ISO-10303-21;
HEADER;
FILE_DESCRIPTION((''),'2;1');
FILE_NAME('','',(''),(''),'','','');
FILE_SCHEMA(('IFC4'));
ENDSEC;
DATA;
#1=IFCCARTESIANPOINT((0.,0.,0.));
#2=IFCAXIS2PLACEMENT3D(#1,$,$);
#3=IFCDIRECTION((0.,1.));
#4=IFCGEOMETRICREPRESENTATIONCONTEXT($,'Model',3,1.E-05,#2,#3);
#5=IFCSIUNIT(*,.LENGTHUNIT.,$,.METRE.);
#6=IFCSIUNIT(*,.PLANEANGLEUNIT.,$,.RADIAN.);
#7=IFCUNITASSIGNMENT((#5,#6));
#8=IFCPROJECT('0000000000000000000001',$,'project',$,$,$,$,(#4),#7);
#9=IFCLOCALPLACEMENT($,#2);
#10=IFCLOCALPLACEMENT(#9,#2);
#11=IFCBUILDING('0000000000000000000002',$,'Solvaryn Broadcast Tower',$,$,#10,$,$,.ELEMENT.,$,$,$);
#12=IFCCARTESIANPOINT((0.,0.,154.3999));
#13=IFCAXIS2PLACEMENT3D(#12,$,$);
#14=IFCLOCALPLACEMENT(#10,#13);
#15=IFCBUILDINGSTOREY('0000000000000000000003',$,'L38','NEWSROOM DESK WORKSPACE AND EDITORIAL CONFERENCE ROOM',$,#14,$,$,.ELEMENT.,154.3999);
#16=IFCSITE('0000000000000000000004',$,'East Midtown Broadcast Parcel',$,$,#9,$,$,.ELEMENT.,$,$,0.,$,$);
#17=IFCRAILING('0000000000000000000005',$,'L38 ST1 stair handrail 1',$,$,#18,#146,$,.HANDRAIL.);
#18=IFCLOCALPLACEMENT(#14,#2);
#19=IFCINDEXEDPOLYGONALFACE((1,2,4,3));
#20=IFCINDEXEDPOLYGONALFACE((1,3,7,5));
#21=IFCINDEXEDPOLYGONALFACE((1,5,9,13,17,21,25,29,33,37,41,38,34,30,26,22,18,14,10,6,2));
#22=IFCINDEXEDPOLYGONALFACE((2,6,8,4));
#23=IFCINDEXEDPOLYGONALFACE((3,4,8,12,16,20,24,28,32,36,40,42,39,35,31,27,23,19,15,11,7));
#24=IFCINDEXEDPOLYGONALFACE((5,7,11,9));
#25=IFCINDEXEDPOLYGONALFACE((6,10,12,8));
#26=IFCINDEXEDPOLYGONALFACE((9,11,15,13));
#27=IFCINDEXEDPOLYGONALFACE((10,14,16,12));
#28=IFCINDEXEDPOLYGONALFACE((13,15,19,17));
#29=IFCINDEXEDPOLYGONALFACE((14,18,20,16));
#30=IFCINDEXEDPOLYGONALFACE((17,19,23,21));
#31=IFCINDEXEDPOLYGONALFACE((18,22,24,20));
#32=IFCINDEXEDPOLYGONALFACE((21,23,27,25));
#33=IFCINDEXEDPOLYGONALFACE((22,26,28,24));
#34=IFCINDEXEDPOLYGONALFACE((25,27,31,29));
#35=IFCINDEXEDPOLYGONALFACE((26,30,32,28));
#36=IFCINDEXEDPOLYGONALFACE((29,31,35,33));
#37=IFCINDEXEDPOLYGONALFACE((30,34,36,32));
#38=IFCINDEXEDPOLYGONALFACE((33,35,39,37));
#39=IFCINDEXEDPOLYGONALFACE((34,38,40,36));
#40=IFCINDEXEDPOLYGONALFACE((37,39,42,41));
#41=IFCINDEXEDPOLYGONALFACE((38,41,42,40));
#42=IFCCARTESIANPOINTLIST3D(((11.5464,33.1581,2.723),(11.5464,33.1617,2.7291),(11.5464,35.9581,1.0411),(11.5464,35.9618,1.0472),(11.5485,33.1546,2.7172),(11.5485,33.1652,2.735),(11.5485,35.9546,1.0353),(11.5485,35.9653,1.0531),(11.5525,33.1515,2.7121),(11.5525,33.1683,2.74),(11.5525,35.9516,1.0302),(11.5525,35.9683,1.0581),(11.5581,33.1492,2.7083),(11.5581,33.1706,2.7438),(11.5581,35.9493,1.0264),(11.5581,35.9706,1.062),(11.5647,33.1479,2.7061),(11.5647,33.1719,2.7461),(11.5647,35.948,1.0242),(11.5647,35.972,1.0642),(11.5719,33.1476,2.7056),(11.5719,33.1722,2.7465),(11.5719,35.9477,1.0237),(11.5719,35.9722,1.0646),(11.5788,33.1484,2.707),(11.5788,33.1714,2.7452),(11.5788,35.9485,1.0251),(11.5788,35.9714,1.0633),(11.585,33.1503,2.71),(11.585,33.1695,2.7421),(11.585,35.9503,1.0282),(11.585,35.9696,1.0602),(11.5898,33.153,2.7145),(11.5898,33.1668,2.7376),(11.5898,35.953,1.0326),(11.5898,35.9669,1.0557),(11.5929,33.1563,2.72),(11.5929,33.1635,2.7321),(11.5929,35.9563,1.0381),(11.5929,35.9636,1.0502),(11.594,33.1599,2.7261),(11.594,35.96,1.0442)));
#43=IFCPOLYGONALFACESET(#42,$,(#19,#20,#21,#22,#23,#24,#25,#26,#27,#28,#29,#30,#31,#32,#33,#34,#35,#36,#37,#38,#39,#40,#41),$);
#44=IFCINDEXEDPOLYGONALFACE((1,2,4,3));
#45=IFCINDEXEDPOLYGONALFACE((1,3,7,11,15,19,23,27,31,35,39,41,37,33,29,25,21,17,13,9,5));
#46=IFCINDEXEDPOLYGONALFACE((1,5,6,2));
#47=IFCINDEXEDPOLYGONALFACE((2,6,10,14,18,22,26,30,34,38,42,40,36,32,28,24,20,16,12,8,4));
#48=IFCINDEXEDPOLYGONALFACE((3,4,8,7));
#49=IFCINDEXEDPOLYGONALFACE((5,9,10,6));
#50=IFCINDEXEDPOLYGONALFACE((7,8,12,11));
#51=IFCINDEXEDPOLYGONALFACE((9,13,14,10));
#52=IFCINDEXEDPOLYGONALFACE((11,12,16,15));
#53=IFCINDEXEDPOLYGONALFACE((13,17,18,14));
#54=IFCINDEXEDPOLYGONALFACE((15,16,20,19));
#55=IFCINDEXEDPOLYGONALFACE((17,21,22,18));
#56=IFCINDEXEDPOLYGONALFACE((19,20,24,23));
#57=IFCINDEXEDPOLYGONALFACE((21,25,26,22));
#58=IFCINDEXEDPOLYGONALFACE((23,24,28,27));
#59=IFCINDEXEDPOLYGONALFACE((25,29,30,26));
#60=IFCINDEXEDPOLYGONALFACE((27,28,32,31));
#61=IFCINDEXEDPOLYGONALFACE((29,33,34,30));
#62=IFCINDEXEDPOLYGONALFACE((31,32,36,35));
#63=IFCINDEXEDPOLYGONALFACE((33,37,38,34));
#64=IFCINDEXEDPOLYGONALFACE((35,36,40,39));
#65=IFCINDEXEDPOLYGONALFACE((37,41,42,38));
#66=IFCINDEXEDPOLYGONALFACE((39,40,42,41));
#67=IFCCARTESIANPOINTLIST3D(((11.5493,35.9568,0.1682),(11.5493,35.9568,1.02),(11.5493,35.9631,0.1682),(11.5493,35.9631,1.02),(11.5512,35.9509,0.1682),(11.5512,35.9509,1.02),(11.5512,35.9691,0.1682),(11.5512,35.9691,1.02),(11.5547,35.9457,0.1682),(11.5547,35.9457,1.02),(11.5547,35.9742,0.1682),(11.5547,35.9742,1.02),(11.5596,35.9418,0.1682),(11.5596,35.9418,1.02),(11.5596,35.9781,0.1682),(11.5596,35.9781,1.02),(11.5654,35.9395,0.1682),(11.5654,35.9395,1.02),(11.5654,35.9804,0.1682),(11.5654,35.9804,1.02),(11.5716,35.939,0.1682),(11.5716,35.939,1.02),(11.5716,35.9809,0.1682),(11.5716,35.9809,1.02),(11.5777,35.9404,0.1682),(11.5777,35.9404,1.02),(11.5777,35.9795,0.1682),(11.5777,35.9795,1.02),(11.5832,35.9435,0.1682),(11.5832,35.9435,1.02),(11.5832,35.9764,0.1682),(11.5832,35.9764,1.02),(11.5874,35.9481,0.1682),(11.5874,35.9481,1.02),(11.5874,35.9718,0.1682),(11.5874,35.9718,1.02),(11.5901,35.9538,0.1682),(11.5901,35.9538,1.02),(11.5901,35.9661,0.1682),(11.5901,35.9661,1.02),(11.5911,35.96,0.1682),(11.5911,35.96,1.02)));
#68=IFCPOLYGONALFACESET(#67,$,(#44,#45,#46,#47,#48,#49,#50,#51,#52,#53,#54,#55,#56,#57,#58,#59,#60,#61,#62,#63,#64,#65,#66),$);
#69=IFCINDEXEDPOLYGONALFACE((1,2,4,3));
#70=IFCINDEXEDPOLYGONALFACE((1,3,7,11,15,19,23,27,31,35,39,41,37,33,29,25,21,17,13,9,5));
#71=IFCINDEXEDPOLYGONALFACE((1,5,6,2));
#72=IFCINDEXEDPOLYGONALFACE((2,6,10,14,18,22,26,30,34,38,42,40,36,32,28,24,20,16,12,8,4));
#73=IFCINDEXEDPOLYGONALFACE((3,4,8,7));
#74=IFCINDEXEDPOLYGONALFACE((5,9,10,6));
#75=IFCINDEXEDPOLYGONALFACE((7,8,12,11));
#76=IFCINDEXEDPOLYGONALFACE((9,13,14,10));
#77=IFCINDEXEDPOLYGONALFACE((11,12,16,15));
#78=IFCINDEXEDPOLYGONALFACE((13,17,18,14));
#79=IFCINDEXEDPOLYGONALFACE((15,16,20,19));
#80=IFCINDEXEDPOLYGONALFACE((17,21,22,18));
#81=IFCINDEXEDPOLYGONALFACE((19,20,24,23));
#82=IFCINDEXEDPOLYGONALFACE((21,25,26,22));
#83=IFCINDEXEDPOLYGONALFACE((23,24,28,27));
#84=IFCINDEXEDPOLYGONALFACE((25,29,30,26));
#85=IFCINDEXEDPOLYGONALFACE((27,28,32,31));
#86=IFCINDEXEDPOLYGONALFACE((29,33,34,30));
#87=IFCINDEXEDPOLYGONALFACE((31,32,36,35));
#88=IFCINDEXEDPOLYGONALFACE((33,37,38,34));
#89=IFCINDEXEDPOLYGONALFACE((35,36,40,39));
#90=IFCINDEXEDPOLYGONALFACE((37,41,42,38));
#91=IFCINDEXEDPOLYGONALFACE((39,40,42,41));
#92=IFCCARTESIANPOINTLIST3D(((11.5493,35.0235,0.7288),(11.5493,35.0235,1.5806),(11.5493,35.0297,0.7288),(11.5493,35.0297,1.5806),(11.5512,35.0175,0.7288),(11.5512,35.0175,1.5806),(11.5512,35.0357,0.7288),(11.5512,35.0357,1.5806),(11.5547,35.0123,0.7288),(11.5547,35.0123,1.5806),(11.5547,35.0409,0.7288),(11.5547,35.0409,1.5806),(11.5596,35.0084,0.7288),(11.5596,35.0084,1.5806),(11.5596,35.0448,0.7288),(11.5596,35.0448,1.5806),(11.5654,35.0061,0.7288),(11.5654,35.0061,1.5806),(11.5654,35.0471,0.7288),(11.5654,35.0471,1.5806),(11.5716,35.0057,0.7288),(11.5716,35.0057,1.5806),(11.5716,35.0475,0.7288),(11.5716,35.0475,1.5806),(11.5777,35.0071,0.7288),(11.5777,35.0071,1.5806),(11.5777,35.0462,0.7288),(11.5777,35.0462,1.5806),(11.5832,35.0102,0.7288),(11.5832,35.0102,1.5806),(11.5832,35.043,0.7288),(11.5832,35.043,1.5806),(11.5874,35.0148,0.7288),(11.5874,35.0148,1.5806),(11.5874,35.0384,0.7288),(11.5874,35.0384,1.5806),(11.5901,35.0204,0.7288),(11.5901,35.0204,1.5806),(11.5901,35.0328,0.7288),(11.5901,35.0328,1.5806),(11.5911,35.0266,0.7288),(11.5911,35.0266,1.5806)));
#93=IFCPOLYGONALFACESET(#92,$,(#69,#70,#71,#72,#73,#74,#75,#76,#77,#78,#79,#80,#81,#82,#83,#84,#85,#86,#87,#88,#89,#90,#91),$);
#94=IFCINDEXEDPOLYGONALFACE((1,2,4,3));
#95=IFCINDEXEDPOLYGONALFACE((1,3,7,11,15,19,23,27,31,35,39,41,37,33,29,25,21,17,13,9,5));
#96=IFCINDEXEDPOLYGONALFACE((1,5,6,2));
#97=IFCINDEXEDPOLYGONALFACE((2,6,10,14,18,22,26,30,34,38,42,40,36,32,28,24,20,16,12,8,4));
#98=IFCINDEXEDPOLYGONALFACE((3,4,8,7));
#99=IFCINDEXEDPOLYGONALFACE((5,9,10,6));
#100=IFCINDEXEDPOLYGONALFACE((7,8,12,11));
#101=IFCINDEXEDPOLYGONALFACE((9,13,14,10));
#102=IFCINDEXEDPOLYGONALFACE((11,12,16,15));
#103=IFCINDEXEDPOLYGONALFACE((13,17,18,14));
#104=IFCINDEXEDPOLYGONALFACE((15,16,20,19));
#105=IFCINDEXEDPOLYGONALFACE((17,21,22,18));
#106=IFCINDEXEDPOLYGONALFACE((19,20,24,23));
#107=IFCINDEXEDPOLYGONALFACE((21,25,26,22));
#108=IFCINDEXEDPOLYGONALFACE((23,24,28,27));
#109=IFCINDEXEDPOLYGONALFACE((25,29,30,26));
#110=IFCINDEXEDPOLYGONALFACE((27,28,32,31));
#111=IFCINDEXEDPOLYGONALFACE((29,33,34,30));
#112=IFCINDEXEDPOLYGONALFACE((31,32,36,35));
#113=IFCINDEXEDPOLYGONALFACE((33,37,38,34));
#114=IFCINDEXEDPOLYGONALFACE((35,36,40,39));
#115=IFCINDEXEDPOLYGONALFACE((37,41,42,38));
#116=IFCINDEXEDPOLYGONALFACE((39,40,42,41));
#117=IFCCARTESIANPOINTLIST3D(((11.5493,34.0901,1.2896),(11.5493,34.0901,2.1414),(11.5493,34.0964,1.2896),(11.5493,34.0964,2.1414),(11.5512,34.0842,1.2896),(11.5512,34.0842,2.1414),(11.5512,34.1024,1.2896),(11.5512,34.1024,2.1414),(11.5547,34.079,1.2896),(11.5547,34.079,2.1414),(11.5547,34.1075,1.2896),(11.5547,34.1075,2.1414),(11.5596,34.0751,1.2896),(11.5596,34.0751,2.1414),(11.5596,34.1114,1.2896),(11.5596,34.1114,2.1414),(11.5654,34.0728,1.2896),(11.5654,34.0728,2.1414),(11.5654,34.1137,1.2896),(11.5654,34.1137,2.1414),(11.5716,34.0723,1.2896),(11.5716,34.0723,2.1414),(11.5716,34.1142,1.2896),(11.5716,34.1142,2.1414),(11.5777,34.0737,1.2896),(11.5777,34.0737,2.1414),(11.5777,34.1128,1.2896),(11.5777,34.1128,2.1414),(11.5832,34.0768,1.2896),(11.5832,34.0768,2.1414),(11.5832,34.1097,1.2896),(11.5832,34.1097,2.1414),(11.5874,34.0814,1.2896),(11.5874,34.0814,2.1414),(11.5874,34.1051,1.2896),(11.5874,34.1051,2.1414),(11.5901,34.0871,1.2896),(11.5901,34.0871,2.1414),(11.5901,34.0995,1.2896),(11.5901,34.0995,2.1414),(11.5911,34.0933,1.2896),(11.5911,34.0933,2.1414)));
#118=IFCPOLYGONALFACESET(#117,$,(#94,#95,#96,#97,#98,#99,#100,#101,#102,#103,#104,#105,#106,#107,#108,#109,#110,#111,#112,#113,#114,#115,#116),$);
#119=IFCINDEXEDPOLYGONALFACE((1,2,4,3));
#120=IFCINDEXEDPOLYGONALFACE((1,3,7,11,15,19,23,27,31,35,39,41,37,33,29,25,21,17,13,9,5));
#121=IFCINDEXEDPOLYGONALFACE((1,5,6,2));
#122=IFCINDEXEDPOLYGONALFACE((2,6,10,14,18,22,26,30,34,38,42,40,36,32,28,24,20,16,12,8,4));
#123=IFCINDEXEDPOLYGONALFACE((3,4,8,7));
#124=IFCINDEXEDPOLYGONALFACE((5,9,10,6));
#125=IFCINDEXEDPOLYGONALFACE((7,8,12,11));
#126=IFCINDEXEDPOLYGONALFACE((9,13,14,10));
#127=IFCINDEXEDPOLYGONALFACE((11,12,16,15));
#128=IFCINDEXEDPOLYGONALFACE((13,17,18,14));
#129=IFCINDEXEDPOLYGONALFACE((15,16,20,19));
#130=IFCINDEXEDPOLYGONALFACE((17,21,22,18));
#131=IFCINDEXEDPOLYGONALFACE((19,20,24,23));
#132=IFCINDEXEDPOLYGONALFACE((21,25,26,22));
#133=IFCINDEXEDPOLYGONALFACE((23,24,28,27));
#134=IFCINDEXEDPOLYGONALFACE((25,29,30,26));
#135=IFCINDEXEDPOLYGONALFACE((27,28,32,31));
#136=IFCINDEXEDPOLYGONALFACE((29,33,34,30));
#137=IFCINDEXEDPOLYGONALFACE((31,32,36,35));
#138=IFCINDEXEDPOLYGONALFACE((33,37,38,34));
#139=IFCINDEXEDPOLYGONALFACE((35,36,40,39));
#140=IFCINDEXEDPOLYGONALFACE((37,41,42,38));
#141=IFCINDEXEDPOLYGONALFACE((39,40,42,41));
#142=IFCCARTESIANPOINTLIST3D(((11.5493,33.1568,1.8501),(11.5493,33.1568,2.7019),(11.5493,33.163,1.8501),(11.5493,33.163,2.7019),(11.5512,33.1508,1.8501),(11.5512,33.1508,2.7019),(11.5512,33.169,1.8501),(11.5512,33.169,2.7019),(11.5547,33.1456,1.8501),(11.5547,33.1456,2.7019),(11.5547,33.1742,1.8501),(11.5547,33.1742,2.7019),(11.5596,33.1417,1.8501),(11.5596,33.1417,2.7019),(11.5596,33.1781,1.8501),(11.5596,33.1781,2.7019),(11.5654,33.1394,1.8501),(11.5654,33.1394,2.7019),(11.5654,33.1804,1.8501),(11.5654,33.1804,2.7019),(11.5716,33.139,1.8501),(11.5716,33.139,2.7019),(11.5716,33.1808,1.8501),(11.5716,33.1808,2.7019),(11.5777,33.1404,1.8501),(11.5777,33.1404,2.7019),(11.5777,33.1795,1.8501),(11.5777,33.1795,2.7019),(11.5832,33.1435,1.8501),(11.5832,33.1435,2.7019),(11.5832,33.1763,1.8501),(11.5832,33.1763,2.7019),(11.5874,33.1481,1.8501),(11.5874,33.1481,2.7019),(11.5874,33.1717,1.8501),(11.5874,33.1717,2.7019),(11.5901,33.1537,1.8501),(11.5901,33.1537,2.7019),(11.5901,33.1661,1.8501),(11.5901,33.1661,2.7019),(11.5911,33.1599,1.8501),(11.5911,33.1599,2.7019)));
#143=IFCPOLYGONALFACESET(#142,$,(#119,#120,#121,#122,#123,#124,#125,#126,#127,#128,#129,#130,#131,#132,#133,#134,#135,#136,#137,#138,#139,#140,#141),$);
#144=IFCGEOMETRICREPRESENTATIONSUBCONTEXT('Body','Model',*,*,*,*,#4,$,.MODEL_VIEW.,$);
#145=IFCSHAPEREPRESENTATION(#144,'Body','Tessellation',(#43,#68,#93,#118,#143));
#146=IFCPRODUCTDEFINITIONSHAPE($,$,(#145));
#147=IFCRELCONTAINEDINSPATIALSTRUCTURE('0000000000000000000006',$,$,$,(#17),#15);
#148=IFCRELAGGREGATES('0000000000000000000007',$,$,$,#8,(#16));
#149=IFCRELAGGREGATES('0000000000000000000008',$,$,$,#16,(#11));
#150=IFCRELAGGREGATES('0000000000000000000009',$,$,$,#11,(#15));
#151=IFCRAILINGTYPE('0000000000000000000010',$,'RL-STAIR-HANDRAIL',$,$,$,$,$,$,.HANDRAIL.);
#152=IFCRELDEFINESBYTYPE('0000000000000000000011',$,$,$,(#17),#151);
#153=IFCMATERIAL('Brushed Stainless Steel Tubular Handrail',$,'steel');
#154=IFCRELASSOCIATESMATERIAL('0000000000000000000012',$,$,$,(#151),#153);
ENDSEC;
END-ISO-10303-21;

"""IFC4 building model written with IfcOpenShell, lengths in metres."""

from ifc_helpers import new_model, si_unit, direction, frame, origin, origin_2d, place, context, subcontext, project, spatial, circle, extrude, material, type_object, element, save


model = new_model("IFC4")

# Units and contexts
model_context = context("Model", 3, precision=1e-05, world=origin(), true_north=direction((0.0, 1.0)))
body_context = subcontext(model_context, "Body", "Model", "MODEL_VIEW")
ifc_project = project(units=[si_unit("LENGTHUNIT", "METRE"), si_unit("PLANEANGLEUNIT", "RADIAN")], contexts=[model_context])

# Site, building, storey
site_placement = place(None, origin())
site = spatial("IfcSite", under=ifc_project, at=site_placement, Name="East Midtown Broadcast Parcel", CompositionType="ELEMENT", RefElevation=0.0)
building_placement = place(site_placement, origin())
building = spatial("IfcBuilding", under=site, at=building_placement, Name="Solvaryn Broadcast Tower", CompositionType="ELEMENT")
storey_placement = place(building_placement, frame((0.0, 0.0, 154.3999)))
storey = spatial("IfcBuildingStorey", under=building, at=storey_placement, Name="L38", Description="NEWSROOM DESK WORKSPACE AND EDITORIAL CONFERENCE ROOM", CompositionType="ELEMENT", Elevation=154.3999)

# Railing
ifc_material_1 = material(Name="Brushed Stainless Steel Tubular Handrail", Category="steel")
railing_type_1 = type_object("IfcRailingType", Name="RL-STAIR-HANDRAIL", PredefinedType="HANDRAIL", material=ifc_material_1)
railing_1_placement = place(storey_placement, frame((11.5701, 35.96, 0.1682)))
element("IfcRailing", 1, at=railing_1_placement, inside=storey, type_object=railing_type_1, Name="L38 ST1 stair handrail 1", PredefinedType="HANDRAIL", context=body_context, shape_type="SweptSolid", body=[
    extrude(circle(Radius=0.0239, at=origin_2d()), frame((0.0, 0.0, 0.876), z_axis=(0.0, -0.857242, 0.514913), x_axis=(1.0, 0.0, 0.0)), (0.0, 0.0, 1.0), 3.2664),
    extrude(circle(Radius=0.021, at=origin_2d()), origin(), (0.0, 0.0, 1.0), 0.8518),
    extrude(circle(Radius=0.021, at=origin_2d()), frame((0.0, -0.9333, 0.5605)), (0.0, 0.0, 1.0), 0.8518),
    extrude(circle(Radius=0.021, at=origin_2d()), frame((0.0, -1.8667, 1.1213)), (0.0, 0.0, 1.0), 0.8518),
    extrude(circle(Radius=0.021, at=origin_2d()), frame((0.0, -2.8, 1.6819)), (0.0, 0.0, 1.0), 0.8518),
])

save(model, "model.ifc")
